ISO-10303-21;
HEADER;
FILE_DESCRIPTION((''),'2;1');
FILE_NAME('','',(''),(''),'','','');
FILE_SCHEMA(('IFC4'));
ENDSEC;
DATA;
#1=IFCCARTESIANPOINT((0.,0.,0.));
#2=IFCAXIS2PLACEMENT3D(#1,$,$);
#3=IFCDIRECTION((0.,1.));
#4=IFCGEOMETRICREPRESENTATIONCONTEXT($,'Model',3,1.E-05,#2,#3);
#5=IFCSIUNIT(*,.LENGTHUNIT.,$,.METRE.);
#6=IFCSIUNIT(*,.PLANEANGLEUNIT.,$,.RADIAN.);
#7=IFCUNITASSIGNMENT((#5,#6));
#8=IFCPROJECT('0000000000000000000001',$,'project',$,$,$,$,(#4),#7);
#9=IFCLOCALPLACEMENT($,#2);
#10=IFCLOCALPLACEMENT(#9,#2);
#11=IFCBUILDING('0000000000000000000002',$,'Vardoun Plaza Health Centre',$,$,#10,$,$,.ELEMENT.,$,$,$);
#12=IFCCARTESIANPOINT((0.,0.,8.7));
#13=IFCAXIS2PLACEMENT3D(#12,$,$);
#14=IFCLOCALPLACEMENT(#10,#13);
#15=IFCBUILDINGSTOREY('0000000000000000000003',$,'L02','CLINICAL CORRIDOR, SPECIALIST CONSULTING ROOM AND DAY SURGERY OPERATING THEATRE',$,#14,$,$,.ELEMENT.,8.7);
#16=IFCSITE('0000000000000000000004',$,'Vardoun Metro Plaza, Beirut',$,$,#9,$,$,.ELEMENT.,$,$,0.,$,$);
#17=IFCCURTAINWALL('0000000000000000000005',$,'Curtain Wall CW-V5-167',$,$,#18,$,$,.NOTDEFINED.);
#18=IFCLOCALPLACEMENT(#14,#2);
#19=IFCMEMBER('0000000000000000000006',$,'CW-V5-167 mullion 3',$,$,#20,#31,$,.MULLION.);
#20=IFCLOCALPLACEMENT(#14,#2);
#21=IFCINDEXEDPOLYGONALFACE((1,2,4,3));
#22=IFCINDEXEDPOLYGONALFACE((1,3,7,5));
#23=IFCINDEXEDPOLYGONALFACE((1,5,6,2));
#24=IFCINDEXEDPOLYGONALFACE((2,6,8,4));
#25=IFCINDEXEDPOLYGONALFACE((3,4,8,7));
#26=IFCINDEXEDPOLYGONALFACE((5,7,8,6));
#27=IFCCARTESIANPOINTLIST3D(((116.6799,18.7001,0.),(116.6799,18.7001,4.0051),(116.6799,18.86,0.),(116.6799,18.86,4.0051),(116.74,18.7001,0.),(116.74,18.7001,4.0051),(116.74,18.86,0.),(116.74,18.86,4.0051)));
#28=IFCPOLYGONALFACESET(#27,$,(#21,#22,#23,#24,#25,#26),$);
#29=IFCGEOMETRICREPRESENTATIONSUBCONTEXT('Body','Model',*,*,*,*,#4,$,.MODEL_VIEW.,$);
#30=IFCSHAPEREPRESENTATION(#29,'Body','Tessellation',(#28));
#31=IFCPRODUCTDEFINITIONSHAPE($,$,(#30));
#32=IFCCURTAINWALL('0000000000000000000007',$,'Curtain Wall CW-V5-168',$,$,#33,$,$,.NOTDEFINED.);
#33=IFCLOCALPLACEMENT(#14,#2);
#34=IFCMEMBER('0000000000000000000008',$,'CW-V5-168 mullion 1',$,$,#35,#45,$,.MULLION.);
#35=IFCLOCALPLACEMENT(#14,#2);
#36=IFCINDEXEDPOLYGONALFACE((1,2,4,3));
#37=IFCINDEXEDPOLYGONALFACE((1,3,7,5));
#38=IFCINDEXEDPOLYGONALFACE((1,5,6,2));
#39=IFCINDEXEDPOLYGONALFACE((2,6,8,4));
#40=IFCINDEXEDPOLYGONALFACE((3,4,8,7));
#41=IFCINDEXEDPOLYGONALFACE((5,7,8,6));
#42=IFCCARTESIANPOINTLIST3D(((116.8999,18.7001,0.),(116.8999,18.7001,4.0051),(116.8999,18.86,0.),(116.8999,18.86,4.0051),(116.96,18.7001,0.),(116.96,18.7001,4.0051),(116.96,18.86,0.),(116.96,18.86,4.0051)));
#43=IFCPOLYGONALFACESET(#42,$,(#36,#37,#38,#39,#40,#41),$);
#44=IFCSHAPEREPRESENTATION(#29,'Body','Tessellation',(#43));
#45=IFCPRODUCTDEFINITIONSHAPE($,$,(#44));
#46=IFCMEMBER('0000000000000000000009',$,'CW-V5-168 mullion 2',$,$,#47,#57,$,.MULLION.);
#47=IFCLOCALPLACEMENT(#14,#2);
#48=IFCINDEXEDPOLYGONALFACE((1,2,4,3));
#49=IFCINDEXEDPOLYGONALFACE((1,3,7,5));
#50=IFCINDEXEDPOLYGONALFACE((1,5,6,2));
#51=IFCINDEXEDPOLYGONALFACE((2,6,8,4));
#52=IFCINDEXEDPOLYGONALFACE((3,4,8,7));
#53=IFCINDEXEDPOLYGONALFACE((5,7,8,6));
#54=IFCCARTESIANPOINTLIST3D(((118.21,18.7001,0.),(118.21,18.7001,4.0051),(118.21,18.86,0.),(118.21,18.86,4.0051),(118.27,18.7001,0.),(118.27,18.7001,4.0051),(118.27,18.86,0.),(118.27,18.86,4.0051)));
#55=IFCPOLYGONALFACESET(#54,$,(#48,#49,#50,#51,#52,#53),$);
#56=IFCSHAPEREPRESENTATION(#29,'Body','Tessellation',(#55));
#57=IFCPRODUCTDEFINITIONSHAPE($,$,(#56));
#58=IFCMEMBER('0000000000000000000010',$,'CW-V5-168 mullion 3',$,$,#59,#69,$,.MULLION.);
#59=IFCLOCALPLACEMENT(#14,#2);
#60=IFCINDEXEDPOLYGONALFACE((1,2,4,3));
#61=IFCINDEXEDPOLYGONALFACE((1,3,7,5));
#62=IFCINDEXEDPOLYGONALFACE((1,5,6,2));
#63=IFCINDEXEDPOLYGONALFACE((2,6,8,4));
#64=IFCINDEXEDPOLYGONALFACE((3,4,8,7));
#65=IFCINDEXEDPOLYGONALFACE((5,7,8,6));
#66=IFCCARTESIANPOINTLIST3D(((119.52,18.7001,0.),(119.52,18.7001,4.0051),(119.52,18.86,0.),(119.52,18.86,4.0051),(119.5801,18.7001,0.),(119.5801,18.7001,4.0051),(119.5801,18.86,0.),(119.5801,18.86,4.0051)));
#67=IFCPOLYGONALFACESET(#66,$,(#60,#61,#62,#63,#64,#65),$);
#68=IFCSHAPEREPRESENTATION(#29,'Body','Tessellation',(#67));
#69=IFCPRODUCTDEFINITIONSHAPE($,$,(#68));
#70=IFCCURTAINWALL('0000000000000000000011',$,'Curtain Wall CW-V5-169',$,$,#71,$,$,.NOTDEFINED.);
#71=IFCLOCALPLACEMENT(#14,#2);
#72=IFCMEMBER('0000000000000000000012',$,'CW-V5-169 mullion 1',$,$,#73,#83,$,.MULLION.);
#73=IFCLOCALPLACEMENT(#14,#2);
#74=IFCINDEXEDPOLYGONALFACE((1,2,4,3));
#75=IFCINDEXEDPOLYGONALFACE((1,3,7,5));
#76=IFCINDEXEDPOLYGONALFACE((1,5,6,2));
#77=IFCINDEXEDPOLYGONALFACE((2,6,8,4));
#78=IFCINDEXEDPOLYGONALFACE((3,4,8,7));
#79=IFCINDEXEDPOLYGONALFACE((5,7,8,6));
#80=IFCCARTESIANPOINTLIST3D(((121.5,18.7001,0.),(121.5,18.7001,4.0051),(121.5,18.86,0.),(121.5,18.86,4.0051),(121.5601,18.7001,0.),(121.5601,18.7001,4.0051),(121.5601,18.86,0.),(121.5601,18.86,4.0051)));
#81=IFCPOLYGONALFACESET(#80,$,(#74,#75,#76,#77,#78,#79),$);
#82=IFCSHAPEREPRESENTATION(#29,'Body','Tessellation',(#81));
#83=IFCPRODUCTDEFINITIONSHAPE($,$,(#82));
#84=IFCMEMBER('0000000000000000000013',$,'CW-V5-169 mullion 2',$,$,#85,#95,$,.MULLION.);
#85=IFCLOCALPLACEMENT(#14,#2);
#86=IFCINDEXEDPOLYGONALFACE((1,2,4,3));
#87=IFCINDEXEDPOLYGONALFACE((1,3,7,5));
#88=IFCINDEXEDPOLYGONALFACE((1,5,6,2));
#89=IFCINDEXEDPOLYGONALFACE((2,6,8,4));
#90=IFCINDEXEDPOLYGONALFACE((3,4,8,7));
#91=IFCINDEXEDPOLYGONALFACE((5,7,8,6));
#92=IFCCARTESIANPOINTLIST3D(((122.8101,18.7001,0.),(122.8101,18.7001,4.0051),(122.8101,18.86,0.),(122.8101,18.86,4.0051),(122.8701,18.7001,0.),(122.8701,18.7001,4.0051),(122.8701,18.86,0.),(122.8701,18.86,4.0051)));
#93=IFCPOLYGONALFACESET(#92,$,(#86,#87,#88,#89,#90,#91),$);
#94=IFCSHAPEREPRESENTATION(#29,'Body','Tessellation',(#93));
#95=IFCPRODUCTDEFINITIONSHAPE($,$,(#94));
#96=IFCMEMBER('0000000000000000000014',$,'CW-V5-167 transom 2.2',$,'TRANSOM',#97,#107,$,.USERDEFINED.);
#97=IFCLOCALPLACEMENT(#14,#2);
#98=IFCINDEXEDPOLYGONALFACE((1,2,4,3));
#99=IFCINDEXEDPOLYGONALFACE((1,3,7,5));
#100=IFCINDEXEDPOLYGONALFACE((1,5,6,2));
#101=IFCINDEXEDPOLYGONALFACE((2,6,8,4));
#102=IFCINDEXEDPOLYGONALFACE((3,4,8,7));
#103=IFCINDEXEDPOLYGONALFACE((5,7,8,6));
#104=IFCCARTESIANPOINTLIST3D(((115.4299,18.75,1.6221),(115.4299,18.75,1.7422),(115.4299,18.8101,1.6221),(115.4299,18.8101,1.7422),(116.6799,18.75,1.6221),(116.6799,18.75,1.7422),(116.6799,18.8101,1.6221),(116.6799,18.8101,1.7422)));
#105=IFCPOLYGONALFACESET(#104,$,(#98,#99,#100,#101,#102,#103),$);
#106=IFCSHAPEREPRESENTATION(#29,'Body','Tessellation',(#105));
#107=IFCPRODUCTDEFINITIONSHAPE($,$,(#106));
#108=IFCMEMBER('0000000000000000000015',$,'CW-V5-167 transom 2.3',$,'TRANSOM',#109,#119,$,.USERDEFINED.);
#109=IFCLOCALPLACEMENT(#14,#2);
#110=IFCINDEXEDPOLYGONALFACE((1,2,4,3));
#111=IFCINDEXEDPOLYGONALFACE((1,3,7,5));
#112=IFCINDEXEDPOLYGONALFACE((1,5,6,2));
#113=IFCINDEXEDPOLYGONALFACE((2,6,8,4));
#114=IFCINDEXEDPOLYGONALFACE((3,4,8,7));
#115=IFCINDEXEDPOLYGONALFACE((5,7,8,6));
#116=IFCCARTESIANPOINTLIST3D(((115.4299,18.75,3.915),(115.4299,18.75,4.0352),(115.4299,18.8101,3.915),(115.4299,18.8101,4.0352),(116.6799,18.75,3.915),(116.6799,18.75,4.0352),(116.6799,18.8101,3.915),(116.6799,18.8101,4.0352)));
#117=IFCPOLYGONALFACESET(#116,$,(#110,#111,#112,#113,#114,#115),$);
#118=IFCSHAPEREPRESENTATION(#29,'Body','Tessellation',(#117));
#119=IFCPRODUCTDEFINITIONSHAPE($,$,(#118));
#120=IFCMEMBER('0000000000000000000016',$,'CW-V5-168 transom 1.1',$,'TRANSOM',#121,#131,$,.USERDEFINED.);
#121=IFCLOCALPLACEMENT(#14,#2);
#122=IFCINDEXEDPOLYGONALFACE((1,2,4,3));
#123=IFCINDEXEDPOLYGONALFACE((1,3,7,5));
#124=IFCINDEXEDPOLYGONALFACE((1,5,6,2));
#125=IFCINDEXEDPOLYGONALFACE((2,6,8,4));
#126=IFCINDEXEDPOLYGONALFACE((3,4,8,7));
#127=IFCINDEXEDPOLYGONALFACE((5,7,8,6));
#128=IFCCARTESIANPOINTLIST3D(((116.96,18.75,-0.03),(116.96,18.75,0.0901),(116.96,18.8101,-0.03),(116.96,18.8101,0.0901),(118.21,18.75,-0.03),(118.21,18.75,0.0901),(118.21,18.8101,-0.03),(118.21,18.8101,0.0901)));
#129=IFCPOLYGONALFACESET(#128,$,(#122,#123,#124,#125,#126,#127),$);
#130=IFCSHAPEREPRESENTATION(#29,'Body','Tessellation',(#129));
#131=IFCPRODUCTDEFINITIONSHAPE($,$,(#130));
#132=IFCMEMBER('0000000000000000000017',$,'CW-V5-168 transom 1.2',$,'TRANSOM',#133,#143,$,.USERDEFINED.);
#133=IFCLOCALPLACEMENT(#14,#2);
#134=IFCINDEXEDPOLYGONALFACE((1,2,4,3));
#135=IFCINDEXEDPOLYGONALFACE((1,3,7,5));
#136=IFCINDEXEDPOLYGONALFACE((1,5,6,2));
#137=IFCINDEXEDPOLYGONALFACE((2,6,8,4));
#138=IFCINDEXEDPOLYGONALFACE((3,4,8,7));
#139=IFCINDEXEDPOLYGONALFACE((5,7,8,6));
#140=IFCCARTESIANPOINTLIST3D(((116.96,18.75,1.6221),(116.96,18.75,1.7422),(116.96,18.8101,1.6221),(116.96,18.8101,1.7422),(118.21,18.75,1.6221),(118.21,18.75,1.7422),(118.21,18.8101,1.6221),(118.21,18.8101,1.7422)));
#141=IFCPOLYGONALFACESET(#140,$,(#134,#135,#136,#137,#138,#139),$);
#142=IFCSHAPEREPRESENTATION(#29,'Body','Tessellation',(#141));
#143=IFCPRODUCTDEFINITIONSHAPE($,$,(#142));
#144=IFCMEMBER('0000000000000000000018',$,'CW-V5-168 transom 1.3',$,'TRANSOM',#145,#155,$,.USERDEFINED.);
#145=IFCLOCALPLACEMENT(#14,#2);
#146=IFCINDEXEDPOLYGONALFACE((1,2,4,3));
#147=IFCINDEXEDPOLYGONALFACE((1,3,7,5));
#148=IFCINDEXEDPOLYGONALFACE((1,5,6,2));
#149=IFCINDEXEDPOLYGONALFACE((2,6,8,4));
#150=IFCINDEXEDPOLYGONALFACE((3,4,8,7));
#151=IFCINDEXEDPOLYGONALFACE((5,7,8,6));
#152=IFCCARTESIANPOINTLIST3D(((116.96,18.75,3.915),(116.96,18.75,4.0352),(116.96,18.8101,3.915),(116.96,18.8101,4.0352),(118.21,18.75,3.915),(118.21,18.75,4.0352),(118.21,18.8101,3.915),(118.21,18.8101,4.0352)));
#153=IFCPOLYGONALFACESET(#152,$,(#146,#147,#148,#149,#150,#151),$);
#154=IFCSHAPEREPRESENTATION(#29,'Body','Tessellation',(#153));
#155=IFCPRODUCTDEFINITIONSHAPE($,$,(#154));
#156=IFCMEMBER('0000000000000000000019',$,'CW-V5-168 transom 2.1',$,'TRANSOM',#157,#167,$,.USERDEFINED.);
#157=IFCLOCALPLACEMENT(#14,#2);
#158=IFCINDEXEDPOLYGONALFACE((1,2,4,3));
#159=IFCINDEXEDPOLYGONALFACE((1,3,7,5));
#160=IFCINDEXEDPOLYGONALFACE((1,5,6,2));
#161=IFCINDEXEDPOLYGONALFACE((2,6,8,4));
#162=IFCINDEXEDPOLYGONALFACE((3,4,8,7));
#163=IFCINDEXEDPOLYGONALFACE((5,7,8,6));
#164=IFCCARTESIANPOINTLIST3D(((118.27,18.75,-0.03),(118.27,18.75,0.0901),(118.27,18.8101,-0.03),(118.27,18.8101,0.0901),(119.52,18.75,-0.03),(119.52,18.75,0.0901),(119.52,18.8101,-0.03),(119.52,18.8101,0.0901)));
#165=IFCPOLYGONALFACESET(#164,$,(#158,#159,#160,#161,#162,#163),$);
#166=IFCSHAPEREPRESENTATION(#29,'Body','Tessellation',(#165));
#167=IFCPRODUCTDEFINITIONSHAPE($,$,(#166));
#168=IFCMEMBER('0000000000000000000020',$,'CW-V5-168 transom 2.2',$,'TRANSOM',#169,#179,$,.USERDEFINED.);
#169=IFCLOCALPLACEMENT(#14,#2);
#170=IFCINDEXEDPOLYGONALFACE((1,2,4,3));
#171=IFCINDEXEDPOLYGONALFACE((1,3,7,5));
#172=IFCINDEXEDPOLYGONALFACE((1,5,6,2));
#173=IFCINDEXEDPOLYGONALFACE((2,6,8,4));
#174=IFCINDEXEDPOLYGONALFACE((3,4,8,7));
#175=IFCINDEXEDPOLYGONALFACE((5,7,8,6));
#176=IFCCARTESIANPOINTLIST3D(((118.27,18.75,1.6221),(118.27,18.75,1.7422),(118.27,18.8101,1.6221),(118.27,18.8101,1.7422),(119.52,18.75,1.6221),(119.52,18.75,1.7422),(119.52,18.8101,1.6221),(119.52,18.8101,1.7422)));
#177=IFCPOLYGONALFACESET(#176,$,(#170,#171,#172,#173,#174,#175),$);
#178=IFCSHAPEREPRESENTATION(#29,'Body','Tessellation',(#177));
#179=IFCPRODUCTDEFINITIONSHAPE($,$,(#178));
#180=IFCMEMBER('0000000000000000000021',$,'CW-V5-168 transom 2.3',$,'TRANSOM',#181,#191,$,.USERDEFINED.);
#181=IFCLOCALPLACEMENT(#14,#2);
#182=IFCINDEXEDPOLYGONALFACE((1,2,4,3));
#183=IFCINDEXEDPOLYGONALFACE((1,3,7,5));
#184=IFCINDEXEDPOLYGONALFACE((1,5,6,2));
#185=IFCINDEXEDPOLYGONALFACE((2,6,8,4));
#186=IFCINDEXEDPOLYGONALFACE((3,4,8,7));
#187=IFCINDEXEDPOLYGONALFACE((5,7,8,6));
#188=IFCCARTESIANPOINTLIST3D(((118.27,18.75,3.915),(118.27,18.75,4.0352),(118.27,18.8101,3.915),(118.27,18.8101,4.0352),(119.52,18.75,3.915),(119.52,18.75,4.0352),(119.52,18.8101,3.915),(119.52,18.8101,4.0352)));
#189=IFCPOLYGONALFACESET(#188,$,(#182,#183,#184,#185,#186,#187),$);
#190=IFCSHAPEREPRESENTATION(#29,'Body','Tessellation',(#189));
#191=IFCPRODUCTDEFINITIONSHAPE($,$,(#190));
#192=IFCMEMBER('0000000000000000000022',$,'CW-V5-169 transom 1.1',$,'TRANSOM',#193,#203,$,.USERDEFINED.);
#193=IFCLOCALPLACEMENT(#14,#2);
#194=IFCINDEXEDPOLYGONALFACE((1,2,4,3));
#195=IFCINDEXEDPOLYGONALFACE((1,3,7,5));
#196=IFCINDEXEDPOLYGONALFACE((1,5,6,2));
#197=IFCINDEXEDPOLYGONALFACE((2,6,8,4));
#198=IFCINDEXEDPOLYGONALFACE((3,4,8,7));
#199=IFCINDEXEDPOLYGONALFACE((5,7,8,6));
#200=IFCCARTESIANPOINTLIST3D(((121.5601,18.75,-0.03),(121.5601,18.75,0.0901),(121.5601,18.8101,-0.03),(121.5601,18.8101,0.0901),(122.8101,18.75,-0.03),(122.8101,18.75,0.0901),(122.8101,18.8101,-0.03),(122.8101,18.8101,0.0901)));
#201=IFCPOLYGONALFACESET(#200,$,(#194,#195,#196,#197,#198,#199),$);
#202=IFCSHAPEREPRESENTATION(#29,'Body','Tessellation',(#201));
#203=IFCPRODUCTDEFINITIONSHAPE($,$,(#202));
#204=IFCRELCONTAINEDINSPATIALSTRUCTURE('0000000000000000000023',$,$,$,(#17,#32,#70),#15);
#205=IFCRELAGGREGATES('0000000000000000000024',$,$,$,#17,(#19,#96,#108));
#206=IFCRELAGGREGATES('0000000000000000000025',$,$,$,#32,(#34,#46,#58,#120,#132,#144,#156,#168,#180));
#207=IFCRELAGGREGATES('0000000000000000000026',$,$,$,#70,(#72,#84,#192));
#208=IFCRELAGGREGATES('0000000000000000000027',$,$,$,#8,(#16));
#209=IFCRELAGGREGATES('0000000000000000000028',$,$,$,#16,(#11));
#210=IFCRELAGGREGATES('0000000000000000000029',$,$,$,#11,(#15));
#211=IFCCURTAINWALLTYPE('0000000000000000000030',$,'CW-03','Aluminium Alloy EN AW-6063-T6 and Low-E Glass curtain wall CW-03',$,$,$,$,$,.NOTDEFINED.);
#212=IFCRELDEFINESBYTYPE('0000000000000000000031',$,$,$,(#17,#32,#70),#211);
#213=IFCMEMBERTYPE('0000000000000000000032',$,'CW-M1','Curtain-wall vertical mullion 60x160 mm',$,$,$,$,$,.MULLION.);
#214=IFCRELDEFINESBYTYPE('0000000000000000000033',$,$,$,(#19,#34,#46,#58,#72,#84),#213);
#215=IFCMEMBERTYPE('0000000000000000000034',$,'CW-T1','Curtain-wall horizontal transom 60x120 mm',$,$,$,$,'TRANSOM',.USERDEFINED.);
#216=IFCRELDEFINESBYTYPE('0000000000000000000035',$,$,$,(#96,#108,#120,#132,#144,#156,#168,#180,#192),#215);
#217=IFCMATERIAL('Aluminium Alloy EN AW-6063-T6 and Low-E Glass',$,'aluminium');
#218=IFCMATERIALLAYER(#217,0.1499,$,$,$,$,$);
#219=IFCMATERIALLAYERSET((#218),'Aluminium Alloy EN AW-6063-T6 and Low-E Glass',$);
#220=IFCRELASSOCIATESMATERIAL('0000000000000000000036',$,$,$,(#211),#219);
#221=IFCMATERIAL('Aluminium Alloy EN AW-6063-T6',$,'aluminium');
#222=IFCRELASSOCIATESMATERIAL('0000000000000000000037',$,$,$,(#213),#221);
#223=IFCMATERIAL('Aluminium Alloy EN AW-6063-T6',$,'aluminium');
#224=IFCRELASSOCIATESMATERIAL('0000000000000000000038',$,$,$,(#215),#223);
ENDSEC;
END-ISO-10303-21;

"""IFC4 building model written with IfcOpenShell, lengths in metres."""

from ifc_helpers import new_model, si_unit, direction, frame, origin, origin_2d, place, context, subcontext, project, spatial, rectangle, extrude, material, layer, layer_set, material_profile, profile_set, type_object, element, aggregate, save


model = new_model("IFC4")

# Units and contexts
model_context = context("Model", 3, precision=1e-05, world=origin(), true_north=direction((0.0, 1.0)))
body_context = subcontext(model_context, "Body", "Model", "MODEL_VIEW")
ifc_project = project(units=[si_unit("LENGTHUNIT", "METRE"), si_unit("PLANEANGLEUNIT", "RADIAN")], contexts=[model_context])

# Site, building, storey
site_placement = place(None, origin())
site = spatial("IfcSite", under=ifc_project, at=site_placement, Name="Vardoun Metro Plaza, Beirut", CompositionType="ELEMENT", RefElevation=0.0)
building_placement = place(site_placement, origin())
building = spatial("IfcBuilding", under=site, at=building_placement, Name="Vardoun Plaza Health Centre", CompositionType="ELEMENT")
storey_placement = place(building_placement, frame((0.0, 0.0, 8.7)))
storey = spatial("IfcBuildingStorey", under=building, at=storey_placement, Name="L02", Description="CLINICAL CORRIDOR, SPECIALIST CONSULTING ROOM AND DAY SURGERY OPERATING THEATRE", CompositionType="ELEMENT", Elevation=8.7)

# Curtain wall, member
ifc_material_1 = material(Name="Aluminium Alloy EN AW-6063-T6 and Low-E Glass", Category="aluminium")
ifc_layer_1 = layer(ifc_material_1, 0.1499)
ifc_layer_set_1 = layer_set([ifc_layer_1], Name="Aluminium Alloy EN AW-6063-T6 and Low-E Glass")
curtain_wall_type = type_object("IfcCurtainWallType", Name="CW-03", Description="Aluminium Alloy EN AW-6063-T6 and Low-E Glass curtain wall CW-03", PredefinedType="NOTDEFINED", material=ifc_layer_set_1)
curtain_wall_1_placement = place(storey_placement, origin())
curtain_wall_1 = element("IfcCurtainWall", 1, at=curtain_wall_1_placement, inside=storey, type_object=curtain_wall_type, Name="Curtain Wall CW-V5-167", PredefinedType="NOTDEFINED")
ifc_material_2 = material(Name="Aluminium Alloy EN AW-6063-T6", Category="aluminium")
ifc_material_profile_1 = material_profile(ifc_material_2, rectangle(XDim=0.1599, YDim=0.0601, at=origin_2d()), Name="CWM 60x160")
ifc_profile_set_1 = profile_set([ifc_material_profile_1], Name="Aluminium Alloy EN AW-6063-T6")
member_type_1 = type_object("IfcMemberType", Name="CW-M1", Description="Curtain-wall vertical mullion 60x160 mm", PredefinedType="MULLION", material=ifc_profile_set_1)
member_1_placement = place(storey_placement, frame((116.71, 18.78, 0.0), z_axis=(0.0, 0.0, 1.0), x_axis=(0.0, 1.0, 0.0)))
member_1 = element("IfcMember", 2, at=member_1_placement, type_object=member_type_1, Name="CW-V5-167 mullion 3", PredefinedType="MULLION", context=body_context, shape_type="SweptSolid", body=[
    extrude(rectangle(XDim=0.1599, YDim=0.0601, at=origin_2d()), origin(), (0.0, 0.0, 1.0), 4.0051),
])

# Curtain walls, members
curtain_wall_2_placement = place(storey_placement, origin())
curtain_wall_2 = element("IfcCurtainWall", 3, at=curtain_wall_2_placement, inside=storey, type_object=curtain_wall_type, Name="Curtain Wall CW-V5-168", PredefinedType="NOTDEFINED")
member_2_placement = place(storey_placement, frame((116.9299, 18.78, 0.0), z_axis=(0.0, 0.0, 1.0), x_axis=(0.0, 1.0, 0.0)))
member_2 = element("IfcMember", 4, at=member_2_placement, type_object=member_type_1, Name="CW-V5-168 mullion 1", PredefinedType="MULLION", context=body_context, shape_type="SweptSolid", body=[
    extrude(rectangle(XDim=0.1599, YDim=0.0601, at=origin_2d()), origin(), (0.0, 0.0, 1.0), 4.0051),
])
member_3_placement = place(storey_placement, frame((118.24, 18.78, 0.0), z_axis=(0.0, 0.0, 1.0), x_axis=(0.0, 1.0, 0.0)))
member_3 = element("IfcMember", 5, at=member_3_placement, type_object=member_type_1, Name="CW-V5-168 mullion 2", PredefinedType="MULLION", context=body_context, shape_type="SweptSolid", body=[
    extrude(rectangle(XDim=0.1599, YDim=0.0601, at=origin_2d()), origin(), (0.0, 0.0, 1.0), 4.0051),
])
member_4_placement = place(storey_placement, frame((119.55, 18.78, 0.0), z_axis=(0.0, 0.0, 1.0), x_axis=(0.0, 1.0, 0.0)))
member_4 = element("IfcMember", 6, at=member_4_placement, type_object=member_type_1, Name="CW-V5-168 mullion 3", PredefinedType="MULLION", context=body_context, shape_type="SweptSolid", body=[
    extrude(rectangle(XDim=0.1599, YDim=0.0601, at=origin_2d()), origin(), (0.0, 0.0, 1.0), 4.0051),
])
curtain_wall_3_placement = place(storey_placement, origin())
curtain_wall_3 = element("IfcCurtainWall", 7, at=curtain_wall_3_placement, inside=storey, type_object=curtain_wall_type, Name="Curtain Wall CW-V5-169", PredefinedType="NOTDEFINED")
member_5_placement = place(storey_placement, frame((121.53, 18.78, 0.0), z_axis=(0.0, 0.0, 1.0), x_axis=(0.0, 1.0, 0.0)))
member_5 = element("IfcMember", 8, at=member_5_placement, type_object=member_type_1, Name="CW-V5-169 mullion 1", PredefinedType="MULLION", context=body_context, shape_type="SweptSolid", body=[
    extrude(rectangle(XDim=0.1599, YDim=0.0601, at=origin_2d()), origin(), (0.0, 0.0, 1.0), 4.0051),
])
member_6_placement = place(storey_placement, frame((122.8401, 18.78, 0.0), z_axis=(0.0, 0.0, 1.0), x_axis=(0.0, 1.0, 0.0)))
member_6 = element("IfcMember", 9, at=member_6_placement, type_object=member_type_1, Name="CW-V5-169 mullion 2", PredefinedType="MULLION", context=body_context, shape_type="SweptSolid", body=[
    extrude(rectangle(XDim=0.1599, YDim=0.0601, at=origin_2d()), origin(), (0.0, 0.0, 1.0), 4.0051),
])

# Members
ifc_material_3 = material(Name="Aluminium Alloy EN AW-6063-T6", Category="aluminium")
ifc_material_profile_2 = material_profile(ifc_material_3, rectangle(XDim=0.0601, YDim=0.1201, at=origin_2d()), Name="CWT 60x120")
ifc_profile_set_2 = profile_set([ifc_material_profile_2], Name="Aluminium Alloy EN AW-6063-T6")
member_type_2 = type_object("IfcMemberType", Name="CW-T1", Description="Curtain-wall horizontal transom 60x120 mm", ElementType="TRANSOM", PredefinedType="USERDEFINED", material=ifc_profile_set_2)
member_7_placement = place(storey_placement, frame((115.4299, 18.78, 1.6821), z_axis=(1.0, 0.0, 0.0), x_axis=(0.0, 1.0, 0.0)))
member_7 = element("IfcMember", 10, at=member_7_placement, type_object=member_type_2, Name="CW-V5-167 transom 2.2", ObjectType="TRANSOM", PredefinedType="USERDEFINED", context=body_context, shape_type="SweptSolid", body=[
    extrude(rectangle(XDim=0.0601, YDim=0.1201, at=origin_2d()), origin(), (0.0, 0.0, 1.0), 1.25),
])
member_8_placement = place(storey_placement, frame((115.4299, 18.78, 3.9751), z_axis=(1.0, 0.0, 0.0), x_axis=(0.0, 1.0, 0.0)))
member_8 = element("IfcMember", 11, at=member_8_placement, type_object=member_type_2, Name="CW-V5-167 transom 2.3", ObjectType="TRANSOM", PredefinedType="USERDEFINED", context=body_context, shape_type="SweptSolid", body=[
    extrude(rectangle(XDim=0.0601, YDim=0.1201, at=origin_2d()), origin(), (0.0, 0.0, 1.0), 1.25),
])
member_9_placement = place(storey_placement, frame((116.96, 18.78, 0.03), z_axis=(1.0, 0.0, 0.0), x_axis=(0.0, 1.0, 0.0)))
member_9 = element("IfcMember", 12, at=member_9_placement, type_object=member_type_2, Name="CW-V5-168 transom 1.1", ObjectType="TRANSOM", PredefinedType="USERDEFINED", context=body_context, shape_type="SweptSolid", body=[
    extrude(rectangle(XDim=0.0601, YDim=0.1201, at=origin_2d()), origin(), (0.0, 0.0, 1.0), 1.25),
])
member_10_placement = place(storey_placement, frame((116.96, 18.78, 1.6821), z_axis=(1.0, 0.0, 0.0), x_axis=(0.0, 1.0, 0.0)))
member_10 = element("IfcMember", 13, at=member_10_placement, type_object=member_type_2, Name="CW-V5-168 transom 1.2", ObjectType="TRANSOM", PredefinedType="USERDEFINED", context=body_context, shape_type="SweptSolid", body=[
    extrude(rectangle(XDim=0.0601, YDim=0.1201, at=origin_2d()), origin(), (0.0, 0.0, 1.0), 1.25),
])
member_11_placement = place(storey_placement, frame((116.96, 18.78, 3.9751), z_axis=(1.0, 0.0, 0.0), x_axis=(0.0, 1.0, 0.0)))
member_11 = element("IfcMember", 14, at=member_11_placement, type_object=member_type_2, Name="CW-V5-168 transom 1.3", ObjectType="TRANSOM", PredefinedType="USERDEFINED", context=body_context, shape_type="SweptSolid", body=[
    extrude(rectangle(XDim=0.0601, YDim=0.1201, at=origin_2d()), origin(), (0.0, 0.0, 1.0), 1.25),
])
member_12_placement = place(storey_placement, frame((118.27, 18.78, 0.03), z_axis=(1.0, 0.0, 0.0), x_axis=(0.0, 1.0, 0.0)))
member_12 = element("IfcMember", 15, at=member_12_placement, type_object=member_type_2, Name="CW-V5-168 transom 2.1", ObjectType="TRANSOM", PredefinedType="USERDEFINED", context=body_context, shape_type="SweptSolid", body=[
    extrude(rectangle(XDim=0.0601, YDim=0.1201, at=origin_2d()), origin(), (0.0, 0.0, 1.0), 1.25),
])
member_13_placement = place(storey_placement, frame((118.27, 18.78, 1.6821), z_axis=(1.0, 0.0, 0.0), x_axis=(0.0, 1.0, 0.0)))
member_13 = element("IfcMember", 16, at=member_13_placement, type_object=member_type_2, Name="CW-V5-168 transom 2.2", ObjectType="TRANSOM", PredefinedType="USERDEFINED", context=body_context, shape_type="SweptSolid", body=[
    extrude(rectangle(XDim=0.0601, YDim=0.1201, at=origin_2d()), origin(), (0.0, 0.0, 1.0), 1.25),
])
member_14_placement = place(storey_placement, frame((118.27, 18.78, 3.9751), z_axis=(1.0, 0.0, 0.0), x_axis=(0.0, 1.0, 0.0)))
member_14 = element("IfcMember", 17, at=member_14_placement, type_object=member_type_2, Name="CW-V5-168 transom 2.3", ObjectType="TRANSOM", PredefinedType="USERDEFINED", context=body_context, shape_type="SweptSolid", body=[
    extrude(rectangle(XDim=0.0601, YDim=0.1201, at=origin_2d()), origin(), (0.0, 0.0, 1.0), 1.25),
])
member_15_placement = place(storey_placement, frame((121.5601, 18.78, 0.03), z_axis=(1.0, 0.0, 0.0), x_axis=(0.0, 1.0, 0.0)))
member_15 = element("IfcMember", 18, at=member_15_placement, type_object=member_type_2, Name="CW-V5-169 transom 1.1", ObjectType="TRANSOM", PredefinedType="USERDEFINED", context=body_context, shape_type="SweptSolid", body=[
    extrude(rectangle(XDim=0.0601, YDim=0.1201, at=origin_2d()), origin(), (0.0, 0.0, 1.0), 1.25),
])

aggregate(curtain_wall_1, [member_1, member_7, member_8])
aggregate(curtain_wall_2, [member_2, member_3, member_4, member_9, member_10, member_11, member_12, member_13, member_14])
aggregate(curtain_wall_3, [member_5, member_6, member_15])

save(model, "model.ifc")
